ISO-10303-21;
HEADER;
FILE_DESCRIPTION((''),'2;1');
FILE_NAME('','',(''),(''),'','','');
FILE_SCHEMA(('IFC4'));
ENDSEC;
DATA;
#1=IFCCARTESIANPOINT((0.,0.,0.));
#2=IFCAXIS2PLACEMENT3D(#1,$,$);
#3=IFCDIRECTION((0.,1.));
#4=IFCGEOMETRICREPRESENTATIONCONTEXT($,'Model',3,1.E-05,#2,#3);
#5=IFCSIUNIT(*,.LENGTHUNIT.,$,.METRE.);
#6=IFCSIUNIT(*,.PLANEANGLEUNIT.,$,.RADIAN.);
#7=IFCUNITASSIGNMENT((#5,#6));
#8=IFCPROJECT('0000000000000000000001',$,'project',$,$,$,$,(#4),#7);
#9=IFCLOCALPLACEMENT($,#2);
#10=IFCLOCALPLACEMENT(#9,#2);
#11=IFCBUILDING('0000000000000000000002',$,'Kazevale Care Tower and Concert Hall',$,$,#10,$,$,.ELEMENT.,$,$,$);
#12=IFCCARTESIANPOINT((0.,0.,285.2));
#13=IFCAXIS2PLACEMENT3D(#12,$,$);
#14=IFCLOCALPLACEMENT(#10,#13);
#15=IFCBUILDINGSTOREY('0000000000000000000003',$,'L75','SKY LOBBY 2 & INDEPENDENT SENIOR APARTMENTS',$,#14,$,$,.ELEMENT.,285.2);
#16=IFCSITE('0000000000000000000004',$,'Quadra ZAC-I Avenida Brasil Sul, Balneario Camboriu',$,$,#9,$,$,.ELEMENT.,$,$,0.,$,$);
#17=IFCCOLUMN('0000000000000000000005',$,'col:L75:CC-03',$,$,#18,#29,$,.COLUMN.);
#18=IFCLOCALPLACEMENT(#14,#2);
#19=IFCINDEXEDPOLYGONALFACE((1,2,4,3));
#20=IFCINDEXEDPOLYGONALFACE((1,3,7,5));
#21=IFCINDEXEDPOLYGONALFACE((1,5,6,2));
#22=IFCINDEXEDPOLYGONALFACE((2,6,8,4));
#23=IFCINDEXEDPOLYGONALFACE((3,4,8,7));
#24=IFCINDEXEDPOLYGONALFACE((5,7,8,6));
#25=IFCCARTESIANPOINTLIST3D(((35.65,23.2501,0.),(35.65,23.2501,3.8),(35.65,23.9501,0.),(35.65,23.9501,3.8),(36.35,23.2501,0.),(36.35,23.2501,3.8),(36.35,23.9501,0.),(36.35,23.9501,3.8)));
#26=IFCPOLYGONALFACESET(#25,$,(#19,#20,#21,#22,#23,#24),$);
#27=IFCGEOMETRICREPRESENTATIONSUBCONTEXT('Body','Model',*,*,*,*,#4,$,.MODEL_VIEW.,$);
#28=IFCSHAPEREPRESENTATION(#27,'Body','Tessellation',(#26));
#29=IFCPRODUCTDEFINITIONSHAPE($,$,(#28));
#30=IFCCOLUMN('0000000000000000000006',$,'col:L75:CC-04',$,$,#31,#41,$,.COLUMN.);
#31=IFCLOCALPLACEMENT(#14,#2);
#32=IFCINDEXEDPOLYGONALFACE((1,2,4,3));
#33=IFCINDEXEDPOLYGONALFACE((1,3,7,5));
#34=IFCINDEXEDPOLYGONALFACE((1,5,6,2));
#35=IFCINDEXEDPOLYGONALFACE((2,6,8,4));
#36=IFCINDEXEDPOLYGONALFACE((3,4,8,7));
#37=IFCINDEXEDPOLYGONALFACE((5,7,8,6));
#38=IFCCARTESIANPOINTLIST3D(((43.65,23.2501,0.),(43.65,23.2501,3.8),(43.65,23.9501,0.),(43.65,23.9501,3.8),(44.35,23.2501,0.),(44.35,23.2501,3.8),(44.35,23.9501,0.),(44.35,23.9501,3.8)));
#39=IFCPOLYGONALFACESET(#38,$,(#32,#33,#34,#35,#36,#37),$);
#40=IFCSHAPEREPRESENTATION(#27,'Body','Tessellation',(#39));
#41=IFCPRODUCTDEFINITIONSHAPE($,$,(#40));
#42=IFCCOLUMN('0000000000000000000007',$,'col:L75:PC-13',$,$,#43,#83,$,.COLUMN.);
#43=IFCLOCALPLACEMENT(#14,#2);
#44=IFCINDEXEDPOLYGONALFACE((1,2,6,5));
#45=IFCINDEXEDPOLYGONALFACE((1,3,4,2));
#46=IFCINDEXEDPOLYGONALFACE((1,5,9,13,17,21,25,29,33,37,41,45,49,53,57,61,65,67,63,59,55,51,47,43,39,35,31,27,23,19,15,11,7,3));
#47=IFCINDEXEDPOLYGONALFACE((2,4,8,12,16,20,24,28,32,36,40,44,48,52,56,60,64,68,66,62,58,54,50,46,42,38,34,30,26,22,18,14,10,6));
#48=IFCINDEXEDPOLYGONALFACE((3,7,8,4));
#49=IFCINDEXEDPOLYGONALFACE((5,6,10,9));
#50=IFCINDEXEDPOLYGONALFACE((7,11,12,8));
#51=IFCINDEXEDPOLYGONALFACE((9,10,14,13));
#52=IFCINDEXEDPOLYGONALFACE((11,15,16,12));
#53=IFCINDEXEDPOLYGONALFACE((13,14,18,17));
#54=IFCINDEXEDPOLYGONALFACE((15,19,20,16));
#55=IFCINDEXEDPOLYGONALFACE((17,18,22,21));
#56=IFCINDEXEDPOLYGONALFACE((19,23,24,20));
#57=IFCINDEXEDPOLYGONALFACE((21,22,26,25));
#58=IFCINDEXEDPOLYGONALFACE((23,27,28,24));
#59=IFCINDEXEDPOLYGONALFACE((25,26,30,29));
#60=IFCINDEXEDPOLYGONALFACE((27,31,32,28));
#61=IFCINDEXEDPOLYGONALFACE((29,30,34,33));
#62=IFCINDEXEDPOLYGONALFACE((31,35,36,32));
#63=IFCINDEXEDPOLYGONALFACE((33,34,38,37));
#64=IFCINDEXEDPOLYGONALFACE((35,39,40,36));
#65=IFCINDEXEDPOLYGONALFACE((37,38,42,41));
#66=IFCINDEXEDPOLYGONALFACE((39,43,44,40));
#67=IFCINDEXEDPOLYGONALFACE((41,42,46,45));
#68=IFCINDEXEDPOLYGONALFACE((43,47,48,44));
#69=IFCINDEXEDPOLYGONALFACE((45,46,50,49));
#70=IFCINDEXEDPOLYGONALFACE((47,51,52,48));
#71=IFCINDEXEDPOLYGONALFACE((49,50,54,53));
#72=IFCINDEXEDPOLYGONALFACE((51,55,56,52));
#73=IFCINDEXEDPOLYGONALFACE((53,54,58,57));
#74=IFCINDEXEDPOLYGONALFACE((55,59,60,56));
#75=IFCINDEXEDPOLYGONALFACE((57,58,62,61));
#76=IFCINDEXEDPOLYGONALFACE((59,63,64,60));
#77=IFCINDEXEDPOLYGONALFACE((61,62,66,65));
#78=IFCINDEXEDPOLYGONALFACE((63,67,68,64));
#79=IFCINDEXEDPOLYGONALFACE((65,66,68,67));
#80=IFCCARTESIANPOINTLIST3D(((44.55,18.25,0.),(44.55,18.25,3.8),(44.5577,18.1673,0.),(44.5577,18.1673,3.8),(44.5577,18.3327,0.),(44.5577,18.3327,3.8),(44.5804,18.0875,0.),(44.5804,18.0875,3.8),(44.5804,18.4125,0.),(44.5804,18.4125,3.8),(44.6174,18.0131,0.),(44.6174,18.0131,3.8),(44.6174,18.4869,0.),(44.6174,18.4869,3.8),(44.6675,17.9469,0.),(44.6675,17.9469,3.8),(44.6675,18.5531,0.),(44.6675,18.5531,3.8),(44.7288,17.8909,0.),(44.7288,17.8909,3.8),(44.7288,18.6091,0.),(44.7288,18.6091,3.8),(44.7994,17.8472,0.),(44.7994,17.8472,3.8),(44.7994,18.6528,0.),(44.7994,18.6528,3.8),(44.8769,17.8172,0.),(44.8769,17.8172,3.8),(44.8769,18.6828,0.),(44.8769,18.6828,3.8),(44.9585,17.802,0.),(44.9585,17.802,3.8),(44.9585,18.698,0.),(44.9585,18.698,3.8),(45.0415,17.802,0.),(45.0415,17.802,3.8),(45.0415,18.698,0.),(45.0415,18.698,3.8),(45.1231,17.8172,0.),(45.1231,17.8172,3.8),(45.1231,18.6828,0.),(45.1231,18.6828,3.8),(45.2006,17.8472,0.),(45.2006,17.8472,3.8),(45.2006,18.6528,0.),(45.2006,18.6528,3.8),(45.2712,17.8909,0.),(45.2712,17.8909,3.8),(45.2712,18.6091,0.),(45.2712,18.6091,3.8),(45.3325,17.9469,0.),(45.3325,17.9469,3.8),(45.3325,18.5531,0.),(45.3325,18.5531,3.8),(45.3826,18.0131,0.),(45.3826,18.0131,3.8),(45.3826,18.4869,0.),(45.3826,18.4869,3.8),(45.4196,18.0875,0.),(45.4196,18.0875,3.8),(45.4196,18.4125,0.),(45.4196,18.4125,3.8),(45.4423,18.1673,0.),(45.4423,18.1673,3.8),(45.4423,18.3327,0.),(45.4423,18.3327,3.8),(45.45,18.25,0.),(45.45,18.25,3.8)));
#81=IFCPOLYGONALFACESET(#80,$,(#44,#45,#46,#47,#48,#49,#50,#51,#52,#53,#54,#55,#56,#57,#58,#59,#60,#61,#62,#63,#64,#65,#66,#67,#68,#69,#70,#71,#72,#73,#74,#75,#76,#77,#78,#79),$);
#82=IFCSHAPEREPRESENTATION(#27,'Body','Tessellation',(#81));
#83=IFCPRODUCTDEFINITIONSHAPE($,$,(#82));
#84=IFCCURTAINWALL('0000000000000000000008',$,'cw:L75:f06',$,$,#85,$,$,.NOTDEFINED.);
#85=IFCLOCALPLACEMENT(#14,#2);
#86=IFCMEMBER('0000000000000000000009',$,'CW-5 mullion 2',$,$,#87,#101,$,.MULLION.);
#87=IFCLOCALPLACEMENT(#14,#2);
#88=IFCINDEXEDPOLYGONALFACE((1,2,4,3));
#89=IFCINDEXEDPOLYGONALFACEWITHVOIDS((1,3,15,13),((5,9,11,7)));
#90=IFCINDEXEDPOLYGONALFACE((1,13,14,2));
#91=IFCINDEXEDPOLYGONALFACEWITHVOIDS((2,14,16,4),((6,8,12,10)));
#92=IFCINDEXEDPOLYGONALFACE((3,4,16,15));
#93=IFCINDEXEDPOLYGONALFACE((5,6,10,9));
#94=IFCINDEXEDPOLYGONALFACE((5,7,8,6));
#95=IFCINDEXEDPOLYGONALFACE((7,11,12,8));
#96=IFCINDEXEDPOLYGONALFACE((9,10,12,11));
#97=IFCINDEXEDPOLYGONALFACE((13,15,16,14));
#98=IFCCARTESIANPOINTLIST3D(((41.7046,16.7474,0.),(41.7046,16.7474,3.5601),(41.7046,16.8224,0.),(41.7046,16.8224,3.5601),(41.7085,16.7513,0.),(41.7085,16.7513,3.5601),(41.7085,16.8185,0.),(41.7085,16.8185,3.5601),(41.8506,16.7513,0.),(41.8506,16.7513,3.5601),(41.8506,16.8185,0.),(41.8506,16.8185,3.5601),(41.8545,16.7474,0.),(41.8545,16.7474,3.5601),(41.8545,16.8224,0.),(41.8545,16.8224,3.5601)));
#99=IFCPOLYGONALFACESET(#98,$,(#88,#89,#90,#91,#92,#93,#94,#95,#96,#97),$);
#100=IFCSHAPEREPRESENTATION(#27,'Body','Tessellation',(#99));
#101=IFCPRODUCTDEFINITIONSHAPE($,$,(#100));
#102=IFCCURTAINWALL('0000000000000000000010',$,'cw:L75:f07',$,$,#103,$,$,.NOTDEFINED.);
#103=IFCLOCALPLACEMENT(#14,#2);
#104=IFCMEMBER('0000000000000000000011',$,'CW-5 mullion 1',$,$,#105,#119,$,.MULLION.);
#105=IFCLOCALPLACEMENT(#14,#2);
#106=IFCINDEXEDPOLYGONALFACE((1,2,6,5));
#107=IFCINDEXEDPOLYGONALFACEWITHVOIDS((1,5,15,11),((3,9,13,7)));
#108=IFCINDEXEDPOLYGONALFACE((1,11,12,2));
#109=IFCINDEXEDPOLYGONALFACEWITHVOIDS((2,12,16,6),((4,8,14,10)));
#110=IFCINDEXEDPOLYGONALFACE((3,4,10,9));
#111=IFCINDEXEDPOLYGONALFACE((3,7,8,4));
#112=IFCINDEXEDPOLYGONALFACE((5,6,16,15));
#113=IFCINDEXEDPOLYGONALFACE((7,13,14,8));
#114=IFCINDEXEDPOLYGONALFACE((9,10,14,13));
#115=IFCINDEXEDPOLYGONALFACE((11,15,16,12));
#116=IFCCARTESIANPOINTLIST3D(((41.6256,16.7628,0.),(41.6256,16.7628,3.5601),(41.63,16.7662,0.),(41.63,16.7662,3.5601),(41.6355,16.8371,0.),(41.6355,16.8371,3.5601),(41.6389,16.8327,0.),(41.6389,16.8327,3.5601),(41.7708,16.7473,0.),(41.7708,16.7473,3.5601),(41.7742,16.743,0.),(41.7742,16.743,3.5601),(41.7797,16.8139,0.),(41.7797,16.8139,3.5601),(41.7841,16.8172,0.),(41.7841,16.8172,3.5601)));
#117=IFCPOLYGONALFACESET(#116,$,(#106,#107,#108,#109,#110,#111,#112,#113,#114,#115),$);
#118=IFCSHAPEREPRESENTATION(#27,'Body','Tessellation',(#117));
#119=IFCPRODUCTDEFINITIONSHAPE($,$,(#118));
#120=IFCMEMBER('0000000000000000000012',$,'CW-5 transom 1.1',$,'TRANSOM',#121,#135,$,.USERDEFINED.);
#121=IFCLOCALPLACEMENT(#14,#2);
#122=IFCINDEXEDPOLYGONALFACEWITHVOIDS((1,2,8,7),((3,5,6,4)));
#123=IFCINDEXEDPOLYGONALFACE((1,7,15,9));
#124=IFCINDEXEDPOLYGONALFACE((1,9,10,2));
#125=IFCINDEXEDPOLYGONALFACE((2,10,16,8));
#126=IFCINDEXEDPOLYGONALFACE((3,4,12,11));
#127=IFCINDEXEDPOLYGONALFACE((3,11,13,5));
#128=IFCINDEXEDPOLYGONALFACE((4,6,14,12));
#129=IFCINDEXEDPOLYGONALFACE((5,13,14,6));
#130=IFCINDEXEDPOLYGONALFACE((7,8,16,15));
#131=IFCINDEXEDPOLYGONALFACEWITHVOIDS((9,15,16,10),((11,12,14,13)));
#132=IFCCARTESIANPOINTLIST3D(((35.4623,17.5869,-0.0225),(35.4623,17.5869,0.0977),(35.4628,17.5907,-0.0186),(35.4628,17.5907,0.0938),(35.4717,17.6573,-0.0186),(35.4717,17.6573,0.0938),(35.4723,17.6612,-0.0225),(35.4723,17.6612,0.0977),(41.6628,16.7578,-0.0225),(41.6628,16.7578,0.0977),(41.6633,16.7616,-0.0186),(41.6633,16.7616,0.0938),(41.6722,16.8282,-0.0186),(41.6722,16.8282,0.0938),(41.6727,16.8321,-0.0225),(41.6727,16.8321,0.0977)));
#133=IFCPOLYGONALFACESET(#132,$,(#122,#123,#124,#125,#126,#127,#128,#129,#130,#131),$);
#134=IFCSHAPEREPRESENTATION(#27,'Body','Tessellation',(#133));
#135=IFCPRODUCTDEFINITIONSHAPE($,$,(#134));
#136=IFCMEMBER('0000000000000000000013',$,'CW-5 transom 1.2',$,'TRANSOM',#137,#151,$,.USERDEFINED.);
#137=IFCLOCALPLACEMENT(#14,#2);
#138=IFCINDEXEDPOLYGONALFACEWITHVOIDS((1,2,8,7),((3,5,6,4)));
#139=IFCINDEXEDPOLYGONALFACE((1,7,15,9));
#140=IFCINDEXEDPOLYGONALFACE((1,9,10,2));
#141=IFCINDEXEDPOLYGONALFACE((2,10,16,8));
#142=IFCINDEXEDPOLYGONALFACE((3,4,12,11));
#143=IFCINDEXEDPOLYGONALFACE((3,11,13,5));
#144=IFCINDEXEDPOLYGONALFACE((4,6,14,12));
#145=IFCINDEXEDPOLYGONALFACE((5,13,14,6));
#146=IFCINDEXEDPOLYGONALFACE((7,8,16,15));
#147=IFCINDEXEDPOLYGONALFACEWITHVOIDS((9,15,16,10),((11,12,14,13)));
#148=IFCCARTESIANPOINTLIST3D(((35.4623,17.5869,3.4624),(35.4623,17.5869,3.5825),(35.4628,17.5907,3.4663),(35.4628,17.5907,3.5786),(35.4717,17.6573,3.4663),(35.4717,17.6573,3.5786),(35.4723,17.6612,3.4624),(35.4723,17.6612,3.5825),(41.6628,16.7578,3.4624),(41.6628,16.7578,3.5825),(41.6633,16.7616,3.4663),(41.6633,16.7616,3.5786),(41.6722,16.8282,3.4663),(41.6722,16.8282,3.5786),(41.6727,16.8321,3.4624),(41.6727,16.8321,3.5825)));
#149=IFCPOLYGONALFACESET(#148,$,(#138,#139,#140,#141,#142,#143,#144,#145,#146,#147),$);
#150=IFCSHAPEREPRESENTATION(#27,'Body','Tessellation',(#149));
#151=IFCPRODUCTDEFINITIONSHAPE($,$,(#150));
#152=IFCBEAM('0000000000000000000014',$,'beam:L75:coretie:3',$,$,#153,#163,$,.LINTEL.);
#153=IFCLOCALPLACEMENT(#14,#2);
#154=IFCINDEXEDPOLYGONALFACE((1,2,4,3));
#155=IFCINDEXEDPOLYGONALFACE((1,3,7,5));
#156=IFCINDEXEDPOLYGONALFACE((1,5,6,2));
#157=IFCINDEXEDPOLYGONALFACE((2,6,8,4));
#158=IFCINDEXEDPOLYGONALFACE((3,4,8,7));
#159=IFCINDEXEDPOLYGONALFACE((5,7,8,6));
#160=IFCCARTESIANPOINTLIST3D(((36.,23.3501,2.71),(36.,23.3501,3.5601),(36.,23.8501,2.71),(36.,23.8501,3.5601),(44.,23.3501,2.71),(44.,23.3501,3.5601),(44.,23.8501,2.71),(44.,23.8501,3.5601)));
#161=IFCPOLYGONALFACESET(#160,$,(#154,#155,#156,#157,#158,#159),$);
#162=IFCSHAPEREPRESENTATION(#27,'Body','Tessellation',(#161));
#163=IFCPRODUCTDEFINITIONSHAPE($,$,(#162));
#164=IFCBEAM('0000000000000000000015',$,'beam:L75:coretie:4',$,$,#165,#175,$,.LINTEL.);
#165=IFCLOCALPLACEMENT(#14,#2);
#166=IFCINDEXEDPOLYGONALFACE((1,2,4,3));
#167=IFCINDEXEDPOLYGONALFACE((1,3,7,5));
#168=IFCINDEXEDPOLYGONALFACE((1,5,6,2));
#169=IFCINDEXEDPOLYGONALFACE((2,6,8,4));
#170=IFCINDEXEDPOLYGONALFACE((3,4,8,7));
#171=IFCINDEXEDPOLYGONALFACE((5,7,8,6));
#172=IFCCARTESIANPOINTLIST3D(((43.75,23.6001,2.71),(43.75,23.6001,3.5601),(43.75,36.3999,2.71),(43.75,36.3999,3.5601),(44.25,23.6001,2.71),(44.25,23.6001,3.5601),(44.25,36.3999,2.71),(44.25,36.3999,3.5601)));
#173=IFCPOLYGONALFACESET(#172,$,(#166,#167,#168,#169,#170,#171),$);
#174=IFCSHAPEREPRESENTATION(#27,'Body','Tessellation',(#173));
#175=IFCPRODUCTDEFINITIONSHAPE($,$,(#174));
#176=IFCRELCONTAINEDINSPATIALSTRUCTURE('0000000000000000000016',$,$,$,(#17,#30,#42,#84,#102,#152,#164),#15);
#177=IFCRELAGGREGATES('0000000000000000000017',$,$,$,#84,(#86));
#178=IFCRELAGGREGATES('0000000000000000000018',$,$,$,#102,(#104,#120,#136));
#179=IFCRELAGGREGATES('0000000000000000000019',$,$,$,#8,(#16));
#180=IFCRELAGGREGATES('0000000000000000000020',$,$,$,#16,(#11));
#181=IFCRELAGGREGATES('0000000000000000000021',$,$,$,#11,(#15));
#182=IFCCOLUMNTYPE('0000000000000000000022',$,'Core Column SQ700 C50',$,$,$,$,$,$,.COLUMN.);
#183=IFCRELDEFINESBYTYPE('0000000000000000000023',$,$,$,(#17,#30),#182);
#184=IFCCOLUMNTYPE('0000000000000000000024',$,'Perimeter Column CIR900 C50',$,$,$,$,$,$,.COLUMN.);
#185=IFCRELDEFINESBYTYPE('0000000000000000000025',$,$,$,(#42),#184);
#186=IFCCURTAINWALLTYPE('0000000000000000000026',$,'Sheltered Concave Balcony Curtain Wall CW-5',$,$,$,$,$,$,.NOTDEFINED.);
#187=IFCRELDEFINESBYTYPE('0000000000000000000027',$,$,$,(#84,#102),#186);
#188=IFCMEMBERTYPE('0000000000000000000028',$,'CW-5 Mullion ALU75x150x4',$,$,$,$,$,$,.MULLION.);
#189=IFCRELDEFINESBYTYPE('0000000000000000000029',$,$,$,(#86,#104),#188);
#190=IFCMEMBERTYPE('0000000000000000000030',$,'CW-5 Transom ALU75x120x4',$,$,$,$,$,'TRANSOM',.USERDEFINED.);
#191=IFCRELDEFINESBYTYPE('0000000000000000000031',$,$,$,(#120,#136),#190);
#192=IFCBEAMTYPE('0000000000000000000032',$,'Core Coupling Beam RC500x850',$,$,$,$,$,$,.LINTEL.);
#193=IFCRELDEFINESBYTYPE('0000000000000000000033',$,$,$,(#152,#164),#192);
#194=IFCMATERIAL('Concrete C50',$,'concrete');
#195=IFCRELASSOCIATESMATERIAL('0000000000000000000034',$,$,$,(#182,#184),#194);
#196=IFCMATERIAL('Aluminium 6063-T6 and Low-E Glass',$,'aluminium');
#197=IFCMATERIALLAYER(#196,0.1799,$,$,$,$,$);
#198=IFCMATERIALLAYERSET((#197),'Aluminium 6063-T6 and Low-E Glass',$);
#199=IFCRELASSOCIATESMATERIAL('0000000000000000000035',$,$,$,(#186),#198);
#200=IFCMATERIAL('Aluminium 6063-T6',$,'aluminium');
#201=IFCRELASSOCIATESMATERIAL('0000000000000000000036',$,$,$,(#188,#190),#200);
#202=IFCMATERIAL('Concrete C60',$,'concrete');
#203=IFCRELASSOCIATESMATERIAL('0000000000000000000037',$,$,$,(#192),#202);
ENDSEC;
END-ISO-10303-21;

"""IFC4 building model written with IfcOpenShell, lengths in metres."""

from ifc_helpers import new_model, si_unit, direction, frame, origin, origin_2d, place, context, subcontext, project, spatial, rectangle, hollow_rectangle, circle, extrude, material, layer, layer_set, material_profile, profile_set, type_object, element, aggregate, save


model = new_model("IFC4")

# Units and contexts
model_context = context("Model", 3, precision=1e-05, world=origin(), true_north=direction((0.0, 1.0)))
body_context = subcontext(model_context, "Body", "Model", "MODEL_VIEW")
ifc_project = project(units=[si_unit("LENGTHUNIT", "METRE"), si_unit("PLANEANGLEUNIT", "RADIAN")], contexts=[model_context])

# Site, building, storey
site_placement = place(None, origin())
site = spatial("IfcSite", under=ifc_project, at=site_placement, Name="Quadra ZAC-I Avenida Brasil Sul, Balneario Camboriu", CompositionType="ELEMENT", RefElevation=0.0)
building_placement = place(site_placement, origin())
building = spatial("IfcBuilding", under=site, at=building_placement, Name="Kazevale Care Tower and Concert Hall", CompositionType="ELEMENT")
storey_placement = place(building_placement, frame((0.0, 0.0, 285.2)))
storey = spatial("IfcBuildingStorey", under=building, at=storey_placement, Name="L75", Description="SKY LOBBY 2 & INDEPENDENT SENIOR APARTMENTS", CompositionType="ELEMENT", Elevation=285.2)

# Columns
ifc_material_1 = material(Name="Concrete C50", Category="concrete")
ifc_material_profile_1 = material_profile(ifc_material_1, rectangle(XDim=0.7, YDim=0.7, at=origin_2d()), Name="RC-SQ700")
ifc_profile_set_1 = profile_set([ifc_material_profile_1], Name="Concrete C50")
column_type_1 = type_object("IfcColumnType", Name="Core Column SQ700 C50", PredefinedType="COLUMN", material=ifc_profile_set_1)
for number, where, z_axis, x_axis, name in (
    (1, (36.0, 23.6001, 0.0), (0.0, 0.0, 1.0), (1.0, 0.0, 0.0), "col:L75:CC-03"),
    (2, (44.0, 23.6001, 0.0), (0.0, 0.0, 1.0), (1.0, 0.0, 0.0), "col:L75:CC-04"),
):
    element("IfcColumn", number, at=place(storey_placement, frame(where, z_axis=z_axis, x_axis=x_axis)), inside=storey, type_object=column_type_1, Name=name, PredefinedType="COLUMN", context=body_context, shape_type="SweptSolid", body=[
        extrude(rectangle(XDim=0.7, YDim=0.7, at=origin_2d()), origin(), (0.0, 0.0, 1.0), 3.8),
    ])
ifc_material_profile_2 = material_profile(ifc_material_1, circle(Radius=0.45, at=origin_2d()), Name="RC-CIR900")
ifc_profile_set_2 = profile_set([ifc_material_profile_2], Name="Concrete C50")
column_type_2 = type_object("IfcColumnType", Name="Perimeter Column CIR900 C50", PredefinedType="COLUMN", material=ifc_profile_set_2)
column_placement = place(storey_placement, frame((45.0, 18.25, 0.0), z_axis=(0.0, 0.0, 1.0), x_axis=(1.0, 0.0, 0.0)))
element("IfcColumn", 3, at=column_placement, inside=storey, type_object=column_type_2, Name="col:L75:PC-13", PredefinedType="COLUMN", context=body_context, shape_type="SweptSolid", body=[
    extrude(circle(Radius=0.45, at=origin_2d()), origin(), (0.0, 0.0, 1.0), 3.8),
])

# Curtain wall, member
ifc_material_2 = material(Name="Aluminium 6063-T6 and Low-E Glass", Category="aluminium")
ifc_layer_1 = layer(ifc_material_2, 0.1799)
ifc_layer_set_1 = layer_set([ifc_layer_1], Name="Aluminium 6063-T6 and Low-E Glass")
curtain_wall_type = type_object("IfcCurtainWallType", Name="Sheltered Concave Balcony Curtain Wall CW-5", PredefinedType="NOTDEFINED", material=ifc_layer_set_1)
curtain_wall_1_placement = place(storey_placement, origin())
curtain_wall_1 = element("IfcCurtainWall", 4, at=curtain_wall_1_placement, inside=storey, type_object=curtain_wall_type, Name="cw:L75:f06", PredefinedType="NOTDEFINED")
ifc_material_3 = material(Name="Aluminium 6063-T6", Category="aluminium")
ifc_material_profile_3 = material_profile(ifc_material_3, hollow_rectangle(XDim=0.075, YDim=0.1499, WallThickness=0.0039, at=origin_2d()), Name="ALU75x150x4")
ifc_profile_set_3 = profile_set([ifc_material_profile_3], Name="Aluminium 6063-T6")
member_type_1 = type_object("IfcMemberType", Name="CW-5 Mullion ALU75x150x4", PredefinedType="MULLION", material=ifc_profile_set_3)
member_1_placement = place(storey_placement, frame((41.7795, 16.7849, 0.0), z_axis=(0.0, 0.0, 1.0), x_axis=(0.0, -1.0, 0.0)))
member_1 = element("IfcMember", 5, at=member_1_placement, type_object=member_type_1, Name="CW-5 mullion 2", PredefinedType="MULLION", context=body_context, shape_type="SweptSolid", body=[
    extrude(hollow_rectangle(XDim=0.075, YDim=0.1499, WallThickness=0.0039, at=origin_2d()), origin(), (0.0, 0.0, 1.0), 3.5601),
])

# Curtain wall, members
curtain_wall_2_placement = place(storey_placement, origin())
curtain_wall_2 = element("IfcCurtainWall", 6, at=curtain_wall_2_placement, inside=storey, type_object=curtain_wall_type, Name="cw:L75:f07", PredefinedType="NOTDEFINED")
member_2_placement = place(storey_placement, frame((41.7048, 16.79, 0.0), z_axis=(0.0, 0.0, 1.0), x_axis=(-0.132542, -0.991177, 0.0)))
member_2 = element("IfcMember", 7, at=member_2_placement, type_object=member_type_1, Name="CW-5 mullion 1", PredefinedType="MULLION", context=body_context, shape_type="SweptSolid", body=[
    extrude(hollow_rectangle(XDim=0.075, YDim=0.1499, WallThickness=0.0039, at=origin_2d()), origin(), (0.0, 0.0, 1.0), 3.5601),
])
ifc_material_profile_4 = material_profile(ifc_material_3, hollow_rectangle(XDim=0.075, YDim=0.1201, WallThickness=0.0039, at=origin_2d()), Name="ALU75x120x4")
ifc_profile_set_4 = profile_set([ifc_material_profile_4], Name="Aluminium 6063-T6")
member_type_2 = type_object("IfcMemberType", Name="CW-5 Transom ALU75x120x4", ElementType="TRANSOM", PredefinedType="USERDEFINED", material=ifc_profile_set_4)
member_3_placement = place(storey_placement, frame((41.6677, 16.7949, 0.0376), z_axis=(-0.991178, 0.132537, 0.0), x_axis=(-0.132537, -0.991178, 0.0)))
member_3 = element("IfcMember", 8, at=member_3_placement, type_object=member_type_2, Name="CW-5 transom 1.1", ObjectType="TRANSOM", PredefinedType="USERDEFINED", context=body_context, shape_type="SweptSolid", body=[
    extrude(hollow_rectangle(XDim=0.075, YDim=0.1201, WallThickness=0.0039, at=origin_2d()), origin(), (0.0, 0.0, 1.0), 6.2556),
])
member_4_placement = place(storey_placement, frame((41.6677, 16.7949, 3.5225), z_axis=(-0.991178, 0.132537, 0.0), x_axis=(-0.132537, -0.991178, 0.0)))
member_4 = element("IfcMember", 9, at=member_4_placement, type_object=member_type_2, Name="CW-5 transom 1.2", ObjectType="TRANSOM", PredefinedType="USERDEFINED", context=body_context, shape_type="SweptSolid", body=[
    extrude(hollow_rectangle(XDim=0.075, YDim=0.1201, WallThickness=0.0039, at=origin_2d()), origin(), (0.0, 0.0, 1.0), 6.2556),
])

# Beams
ifc_material_4 = material(Name="Concrete C60", Category="concrete")
ifc_material_profile_5 = material_profile(ifc_material_4, rectangle(XDim=0.5, YDim=0.8501, at=origin_2d()), Name="RC-B500x850")
ifc_profile_set_5 = profile_set([ifc_material_profile_5], Name="Concrete C60")
beam_type_1 = type_object("IfcBeamType", Name="Core Coupling Beam RC500x850", PredefinedType="LINTEL", material=ifc_profile_set_5)
beam_1_placement = place(storey_placement, frame((36.0, 23.6001, 3.135), z_axis=(1.0, 0.0, 0.0), x_axis=(0.0, 1.0, 0.0)))
element("IfcBeam", 10, at=beam_1_placement, inside=storey, type_object=beam_type_1, Name="beam:L75:coretie:3", PredefinedType="LINTEL", context=body_context, shape_type="SweptSolid", body=[
    extrude(rectangle(XDim=0.5, YDim=0.8501, at=origin_2d()), origin(), (0.0, 0.0, 1.0), 8.0),
])
beam_2_placement = place(storey_placement, frame((44.0, 23.6001, 3.135), z_axis=(0.0, 1.0, 0.0), x_axis=(-1.0, 0.0, 0.0)))
element("IfcBeam", 11, at=beam_2_placement, inside=storey, type_object=beam_type_1, Name="beam:L75:coretie:4", PredefinedType="LINTEL", context=body_context, shape_type="SweptSolid", body=[
    extrude(rectangle(XDim=0.5, YDim=0.8501, at=origin_2d()), origin(), (0.0, 0.0, 1.0), 12.7998),
])

aggregate(curtain_wall_1, [member_1])
aggregate(curtain_wall_2, [member_2, member_3, member_4])

save(model, "model.ifc")
